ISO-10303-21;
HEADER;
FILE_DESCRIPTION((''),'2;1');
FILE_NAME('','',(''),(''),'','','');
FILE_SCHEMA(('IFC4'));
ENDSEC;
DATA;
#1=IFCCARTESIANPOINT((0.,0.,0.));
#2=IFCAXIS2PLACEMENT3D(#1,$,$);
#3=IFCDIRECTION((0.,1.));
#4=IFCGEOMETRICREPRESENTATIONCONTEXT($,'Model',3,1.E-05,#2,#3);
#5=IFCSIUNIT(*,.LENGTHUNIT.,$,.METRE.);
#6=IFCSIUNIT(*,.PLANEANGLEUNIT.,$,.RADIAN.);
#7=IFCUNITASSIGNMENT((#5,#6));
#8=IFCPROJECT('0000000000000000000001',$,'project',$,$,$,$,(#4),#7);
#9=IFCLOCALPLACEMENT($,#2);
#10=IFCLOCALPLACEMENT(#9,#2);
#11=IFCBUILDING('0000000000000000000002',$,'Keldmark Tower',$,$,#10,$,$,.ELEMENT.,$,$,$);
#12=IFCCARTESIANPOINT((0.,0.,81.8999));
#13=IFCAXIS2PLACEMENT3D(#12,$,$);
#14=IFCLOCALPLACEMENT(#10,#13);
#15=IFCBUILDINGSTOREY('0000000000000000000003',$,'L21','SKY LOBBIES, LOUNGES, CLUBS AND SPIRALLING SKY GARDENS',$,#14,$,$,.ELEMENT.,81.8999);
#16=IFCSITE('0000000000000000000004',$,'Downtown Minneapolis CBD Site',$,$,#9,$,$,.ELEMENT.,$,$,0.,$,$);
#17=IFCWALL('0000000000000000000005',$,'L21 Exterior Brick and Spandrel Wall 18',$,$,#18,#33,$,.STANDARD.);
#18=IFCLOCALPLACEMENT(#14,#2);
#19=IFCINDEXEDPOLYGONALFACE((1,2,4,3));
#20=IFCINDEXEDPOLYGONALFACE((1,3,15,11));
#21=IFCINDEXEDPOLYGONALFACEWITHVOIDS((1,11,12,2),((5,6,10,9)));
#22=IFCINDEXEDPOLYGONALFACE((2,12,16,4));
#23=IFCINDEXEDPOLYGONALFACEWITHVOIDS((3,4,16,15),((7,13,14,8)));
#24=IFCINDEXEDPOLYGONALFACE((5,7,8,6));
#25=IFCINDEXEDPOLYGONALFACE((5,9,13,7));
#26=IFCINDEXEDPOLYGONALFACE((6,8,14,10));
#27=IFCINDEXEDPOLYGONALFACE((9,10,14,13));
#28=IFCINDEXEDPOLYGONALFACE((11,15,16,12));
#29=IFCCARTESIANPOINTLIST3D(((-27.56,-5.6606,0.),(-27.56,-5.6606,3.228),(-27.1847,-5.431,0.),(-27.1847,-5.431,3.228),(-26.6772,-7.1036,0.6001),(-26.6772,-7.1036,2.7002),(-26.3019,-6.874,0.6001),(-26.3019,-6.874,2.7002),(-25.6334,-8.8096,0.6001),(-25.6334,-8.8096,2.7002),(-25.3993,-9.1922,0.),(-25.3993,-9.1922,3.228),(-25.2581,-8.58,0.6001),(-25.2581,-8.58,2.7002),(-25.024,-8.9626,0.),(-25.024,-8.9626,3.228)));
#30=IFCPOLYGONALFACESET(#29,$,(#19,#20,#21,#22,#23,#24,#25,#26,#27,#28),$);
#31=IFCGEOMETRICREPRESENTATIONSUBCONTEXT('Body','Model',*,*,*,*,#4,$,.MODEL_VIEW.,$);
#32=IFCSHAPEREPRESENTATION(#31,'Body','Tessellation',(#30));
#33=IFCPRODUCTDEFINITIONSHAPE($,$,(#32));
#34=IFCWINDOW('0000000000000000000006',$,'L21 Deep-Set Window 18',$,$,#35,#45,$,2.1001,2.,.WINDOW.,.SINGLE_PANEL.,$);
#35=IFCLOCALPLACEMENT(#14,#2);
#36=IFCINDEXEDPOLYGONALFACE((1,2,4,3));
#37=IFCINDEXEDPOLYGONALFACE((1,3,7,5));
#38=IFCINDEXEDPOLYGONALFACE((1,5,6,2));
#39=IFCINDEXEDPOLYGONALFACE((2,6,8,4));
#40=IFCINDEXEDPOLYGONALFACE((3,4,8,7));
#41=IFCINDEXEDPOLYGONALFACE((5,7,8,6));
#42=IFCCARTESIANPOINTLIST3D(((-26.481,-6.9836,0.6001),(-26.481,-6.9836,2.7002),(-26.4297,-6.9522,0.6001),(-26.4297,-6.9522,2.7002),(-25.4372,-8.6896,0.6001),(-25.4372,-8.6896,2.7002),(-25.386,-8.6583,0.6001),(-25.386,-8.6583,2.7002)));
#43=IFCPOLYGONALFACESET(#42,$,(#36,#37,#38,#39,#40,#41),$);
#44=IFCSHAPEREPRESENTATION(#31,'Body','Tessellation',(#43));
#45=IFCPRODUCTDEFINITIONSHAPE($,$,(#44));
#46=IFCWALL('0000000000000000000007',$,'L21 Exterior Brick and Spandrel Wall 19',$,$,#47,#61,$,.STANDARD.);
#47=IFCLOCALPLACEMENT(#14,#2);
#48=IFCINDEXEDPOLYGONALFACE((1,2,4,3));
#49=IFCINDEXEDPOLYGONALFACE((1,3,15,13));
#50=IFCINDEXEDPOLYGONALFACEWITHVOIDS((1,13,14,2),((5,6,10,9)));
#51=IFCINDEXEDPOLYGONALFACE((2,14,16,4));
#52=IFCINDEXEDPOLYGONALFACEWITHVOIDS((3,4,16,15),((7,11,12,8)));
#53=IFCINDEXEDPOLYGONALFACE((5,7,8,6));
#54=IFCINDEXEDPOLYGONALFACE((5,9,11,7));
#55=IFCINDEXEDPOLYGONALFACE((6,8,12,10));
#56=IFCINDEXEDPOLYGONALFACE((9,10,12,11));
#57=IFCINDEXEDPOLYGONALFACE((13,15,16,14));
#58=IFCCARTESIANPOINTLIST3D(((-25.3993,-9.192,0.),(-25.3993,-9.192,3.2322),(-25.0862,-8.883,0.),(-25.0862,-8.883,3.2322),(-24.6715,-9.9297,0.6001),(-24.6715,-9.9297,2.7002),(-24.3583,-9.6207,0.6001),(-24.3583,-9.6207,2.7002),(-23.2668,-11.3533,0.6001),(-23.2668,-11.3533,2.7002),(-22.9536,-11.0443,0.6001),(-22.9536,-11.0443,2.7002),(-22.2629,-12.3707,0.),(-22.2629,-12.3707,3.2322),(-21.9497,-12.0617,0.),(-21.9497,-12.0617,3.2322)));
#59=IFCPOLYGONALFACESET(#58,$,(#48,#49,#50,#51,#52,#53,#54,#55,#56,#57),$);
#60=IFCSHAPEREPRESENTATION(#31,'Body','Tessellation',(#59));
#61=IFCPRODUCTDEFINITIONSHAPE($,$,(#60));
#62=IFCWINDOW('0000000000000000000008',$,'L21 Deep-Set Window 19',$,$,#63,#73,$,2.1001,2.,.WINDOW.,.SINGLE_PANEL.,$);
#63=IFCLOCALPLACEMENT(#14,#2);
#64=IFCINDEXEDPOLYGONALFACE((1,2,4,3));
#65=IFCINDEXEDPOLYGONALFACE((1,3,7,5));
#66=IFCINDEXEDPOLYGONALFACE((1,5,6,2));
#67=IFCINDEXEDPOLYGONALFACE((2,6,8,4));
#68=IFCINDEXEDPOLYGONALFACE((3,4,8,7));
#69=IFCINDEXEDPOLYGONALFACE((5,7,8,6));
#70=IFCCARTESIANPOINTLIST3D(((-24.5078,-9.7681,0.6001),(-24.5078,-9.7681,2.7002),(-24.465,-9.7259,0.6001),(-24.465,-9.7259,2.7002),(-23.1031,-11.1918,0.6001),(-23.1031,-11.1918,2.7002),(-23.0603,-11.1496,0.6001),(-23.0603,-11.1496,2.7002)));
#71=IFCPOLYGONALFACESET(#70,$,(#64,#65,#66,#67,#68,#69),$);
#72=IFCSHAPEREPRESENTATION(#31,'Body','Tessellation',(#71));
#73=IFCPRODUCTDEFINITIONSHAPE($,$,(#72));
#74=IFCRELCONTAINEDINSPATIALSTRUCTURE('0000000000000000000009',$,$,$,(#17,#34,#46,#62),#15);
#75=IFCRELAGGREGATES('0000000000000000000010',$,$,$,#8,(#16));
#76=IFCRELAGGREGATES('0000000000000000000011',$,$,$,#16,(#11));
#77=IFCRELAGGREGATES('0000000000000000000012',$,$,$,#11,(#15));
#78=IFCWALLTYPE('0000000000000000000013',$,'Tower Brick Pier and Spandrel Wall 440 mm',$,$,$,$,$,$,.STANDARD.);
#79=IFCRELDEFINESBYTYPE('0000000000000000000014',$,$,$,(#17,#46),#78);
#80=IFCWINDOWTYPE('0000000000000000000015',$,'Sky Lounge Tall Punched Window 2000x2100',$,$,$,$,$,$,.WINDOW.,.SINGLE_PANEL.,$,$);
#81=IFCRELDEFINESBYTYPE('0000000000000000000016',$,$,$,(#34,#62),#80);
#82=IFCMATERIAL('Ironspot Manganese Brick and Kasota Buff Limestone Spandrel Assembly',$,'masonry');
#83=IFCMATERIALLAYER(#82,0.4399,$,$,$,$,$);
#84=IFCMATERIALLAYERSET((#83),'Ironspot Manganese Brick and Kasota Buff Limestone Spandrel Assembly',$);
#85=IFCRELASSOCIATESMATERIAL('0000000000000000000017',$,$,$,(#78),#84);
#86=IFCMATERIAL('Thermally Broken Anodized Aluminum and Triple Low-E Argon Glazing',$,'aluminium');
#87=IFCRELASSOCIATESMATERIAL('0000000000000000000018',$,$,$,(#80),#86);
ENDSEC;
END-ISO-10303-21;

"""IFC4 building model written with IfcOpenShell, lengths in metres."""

from ifc_helpers import new_model, si_unit, direction, frame, frame_2d, origin, place, context, subcontext, project, spatial, rectangle, extrude, material, layer, layer_set, type_object, element, fill, save


model = new_model("IFC4")

# Units and contexts
model_context = context("Model", 3, precision=1e-05, world=origin(), true_north=direction((0.0, 1.0)))
body_context = subcontext(model_context, "Body", "Model", "MODEL_VIEW")
ifc_project = project(units=[si_unit("LENGTHUNIT", "METRE"), si_unit("PLANEANGLEUNIT", "RADIAN")], contexts=[model_context])

# Site, building, storey
site_placement = place(None, origin())
site = spatial("IfcSite", under=ifc_project, at=site_placement, Name="Downtown Minneapolis CBD Site", CompositionType="ELEMENT", RefElevation=0.0)
building_placement = place(site_placement, origin())
building = spatial("IfcBuilding", under=site, at=building_placement, Name="Keldmark Tower", CompositionType="ELEMENT")
storey_placement = place(building_placement, frame((0.0, 0.0, 81.8999)))
storey = spatial("IfcBuildingStorey", under=building, at=storey_placement, Name="L21", Description="SKY LOBBIES, LOUNGES, CLUBS AND SPIRALLING SKY GARDENS", CompositionType="ELEMENT", Elevation=81.8999)

# Shared definitions
ifc_material_1 = material(Name="Ironspot Manganese Brick and Kasota Buff Limestone Spandrel Assembly", Category="masonry")
ifc_layer_1 = layer(ifc_material_1, 0.4399)
ifc_layer_set_1 = layer_set([ifc_layer_1], Name="Ironspot Manganese Brick and Kasota Buff Limestone Spandrel Assembly")
wall_type_1 = type_object("IfcWallType", Name="Tower Brick Pier and Spandrel Wall 440 mm", PredefinedType="STANDARD", material=ifc_layer_set_1)

# Walls, openings, windows
wall_1_placement = place(storey_placement, frame((-25.2117, -9.0774, 0.0), z_axis=(0.0, 0.0, 1.0), x_axis=(-0.521891, 0.853012, 0.0)))
wall_1 = element("IfcWall", 1, at=wall_1_placement, inside=storey, type_object=wall_type_1, Name="L21 Exterior Brick and Spandrel Wall 18", PredefinedType="STANDARD", context=body_context, shape_type="SweptSolid", body=[
    extrude(rectangle(XDim=4.1401, YDim=0.4399, at=frame_2d((2.0701, 0.0))), origin(), (0.0, 0.0, 1.0), 3.228),
])
opening_1_placement = place(wall_1_placement, frame((0.4485, 0.0, 0.6001)))
opening_1 = element("IfcOpeningElement", 2, at=opening_1_placement, cuts=wall_1, PredefinedType="OPENING", context=body_context, shape_type="SweptSolid", body=[
    extrude(rectangle(XDim=2.0, YDim=2.1001, at=frame_2d((1.0, 1.05))), frame((0.0, 0.23, 0.0), z_axis=(0.0, -1.0, 0.0), x_axis=(1.0, 0.0, 0.0)), (0.0, 0.0, 1.0), 0.46),
])
ifc_material_2 = material(Name="Thermally Broken Anodized Aluminum and Triple Low-E Argon Glazing", Category="aluminium")
window_type = type_object("IfcWindowType", Name="Sky Lounge Tall Punched Window 2000x2100", PartitioningType="SINGLE_PANEL", PredefinedType="WINDOW", material=ifc_material_2)
window_1_placement = place(opening_1_placement, origin())
window_1 = element("IfcWindow", 3, at=window_1_placement, inside=storey, type_object=window_type, Name="L21 Deep-Set Window 18", OverallHeight=2.1001, OverallWidth=2.0, PartitioningType="SINGLE_PANEL", PredefinedType="WINDOW", context=body_context, shape_type="SweptSolid", body=[
    extrude(rectangle(XDim=2.0, YDim=2.1001, at=frame_2d((1.0, 1.05))), frame((0.0, -0.01, 0.0), z_axis=(0.0, -1.0, 0.0), x_axis=(1.0, 0.0, 0.0)), (0.0, 0.0, 1.0), 0.0601),
])
fill(opening_1, window_1)
wall_2_placement = place(storey_placement, frame((-22.1062, -12.2163, 0.0), z_axis=(0.0, 0.0, 1.0), x_axis=(-0.702362, 0.71182, 0.0)))
wall_2 = element("IfcWall", 4, at=wall_2_placement, inside=storey, type_object=wall_type_1, Name="L21 Exterior Brick and Spandrel Wall 19", PredefinedType="STANDARD", context=body_context, shape_type="SweptSolid", body=[
    extrude(rectangle(XDim=4.4656, YDim=0.4399, at=frame_2d((2.2329, 0.0))), origin(), (0.0, 0.0, 1.0), 3.2322),
])
opening_2_placement = place(wall_2_placement, frame((1.4294, 0.0, 0.6001)))
opening_2 = element("IfcOpeningElement", 5, at=opening_2_placement, cuts=wall_2, PredefinedType="OPENING", context=body_context, shape_type="SweptSolid", body=[
    extrude(rectangle(XDim=2.0, YDim=2.1001, at=frame_2d((1.0, 1.05))), frame((0.0, 0.23, 0.0), z_axis=(0.0, -1.0, 0.0), x_axis=(1.0, 0.0, 0.0)), (0.0, 0.0, 1.0), 0.46),
])
window_2_placement = place(opening_2_placement, origin())
window_2 = element("IfcWindow", 6, at=window_2_placement, inside=storey, type_object=window_type, Name="L21 Deep-Set Window 19", OverallHeight=2.1001, OverallWidth=2.0, PartitioningType="SINGLE_PANEL", PredefinedType="WINDOW", context=body_context, shape_type="SweptSolid", body=[
    extrude(rectangle(XDim=2.0, YDim=2.1001, at=frame_2d((1.0, 1.05))), frame((0.0, -0.01, 0.0), z_axis=(0.0, -1.0, 0.0), x_axis=(1.0, 0.0, 0.0)), (0.0, 0.0, 1.0), 0.0601),
])
fill(opening_2, window_2)

save(model, "model.ifc")
